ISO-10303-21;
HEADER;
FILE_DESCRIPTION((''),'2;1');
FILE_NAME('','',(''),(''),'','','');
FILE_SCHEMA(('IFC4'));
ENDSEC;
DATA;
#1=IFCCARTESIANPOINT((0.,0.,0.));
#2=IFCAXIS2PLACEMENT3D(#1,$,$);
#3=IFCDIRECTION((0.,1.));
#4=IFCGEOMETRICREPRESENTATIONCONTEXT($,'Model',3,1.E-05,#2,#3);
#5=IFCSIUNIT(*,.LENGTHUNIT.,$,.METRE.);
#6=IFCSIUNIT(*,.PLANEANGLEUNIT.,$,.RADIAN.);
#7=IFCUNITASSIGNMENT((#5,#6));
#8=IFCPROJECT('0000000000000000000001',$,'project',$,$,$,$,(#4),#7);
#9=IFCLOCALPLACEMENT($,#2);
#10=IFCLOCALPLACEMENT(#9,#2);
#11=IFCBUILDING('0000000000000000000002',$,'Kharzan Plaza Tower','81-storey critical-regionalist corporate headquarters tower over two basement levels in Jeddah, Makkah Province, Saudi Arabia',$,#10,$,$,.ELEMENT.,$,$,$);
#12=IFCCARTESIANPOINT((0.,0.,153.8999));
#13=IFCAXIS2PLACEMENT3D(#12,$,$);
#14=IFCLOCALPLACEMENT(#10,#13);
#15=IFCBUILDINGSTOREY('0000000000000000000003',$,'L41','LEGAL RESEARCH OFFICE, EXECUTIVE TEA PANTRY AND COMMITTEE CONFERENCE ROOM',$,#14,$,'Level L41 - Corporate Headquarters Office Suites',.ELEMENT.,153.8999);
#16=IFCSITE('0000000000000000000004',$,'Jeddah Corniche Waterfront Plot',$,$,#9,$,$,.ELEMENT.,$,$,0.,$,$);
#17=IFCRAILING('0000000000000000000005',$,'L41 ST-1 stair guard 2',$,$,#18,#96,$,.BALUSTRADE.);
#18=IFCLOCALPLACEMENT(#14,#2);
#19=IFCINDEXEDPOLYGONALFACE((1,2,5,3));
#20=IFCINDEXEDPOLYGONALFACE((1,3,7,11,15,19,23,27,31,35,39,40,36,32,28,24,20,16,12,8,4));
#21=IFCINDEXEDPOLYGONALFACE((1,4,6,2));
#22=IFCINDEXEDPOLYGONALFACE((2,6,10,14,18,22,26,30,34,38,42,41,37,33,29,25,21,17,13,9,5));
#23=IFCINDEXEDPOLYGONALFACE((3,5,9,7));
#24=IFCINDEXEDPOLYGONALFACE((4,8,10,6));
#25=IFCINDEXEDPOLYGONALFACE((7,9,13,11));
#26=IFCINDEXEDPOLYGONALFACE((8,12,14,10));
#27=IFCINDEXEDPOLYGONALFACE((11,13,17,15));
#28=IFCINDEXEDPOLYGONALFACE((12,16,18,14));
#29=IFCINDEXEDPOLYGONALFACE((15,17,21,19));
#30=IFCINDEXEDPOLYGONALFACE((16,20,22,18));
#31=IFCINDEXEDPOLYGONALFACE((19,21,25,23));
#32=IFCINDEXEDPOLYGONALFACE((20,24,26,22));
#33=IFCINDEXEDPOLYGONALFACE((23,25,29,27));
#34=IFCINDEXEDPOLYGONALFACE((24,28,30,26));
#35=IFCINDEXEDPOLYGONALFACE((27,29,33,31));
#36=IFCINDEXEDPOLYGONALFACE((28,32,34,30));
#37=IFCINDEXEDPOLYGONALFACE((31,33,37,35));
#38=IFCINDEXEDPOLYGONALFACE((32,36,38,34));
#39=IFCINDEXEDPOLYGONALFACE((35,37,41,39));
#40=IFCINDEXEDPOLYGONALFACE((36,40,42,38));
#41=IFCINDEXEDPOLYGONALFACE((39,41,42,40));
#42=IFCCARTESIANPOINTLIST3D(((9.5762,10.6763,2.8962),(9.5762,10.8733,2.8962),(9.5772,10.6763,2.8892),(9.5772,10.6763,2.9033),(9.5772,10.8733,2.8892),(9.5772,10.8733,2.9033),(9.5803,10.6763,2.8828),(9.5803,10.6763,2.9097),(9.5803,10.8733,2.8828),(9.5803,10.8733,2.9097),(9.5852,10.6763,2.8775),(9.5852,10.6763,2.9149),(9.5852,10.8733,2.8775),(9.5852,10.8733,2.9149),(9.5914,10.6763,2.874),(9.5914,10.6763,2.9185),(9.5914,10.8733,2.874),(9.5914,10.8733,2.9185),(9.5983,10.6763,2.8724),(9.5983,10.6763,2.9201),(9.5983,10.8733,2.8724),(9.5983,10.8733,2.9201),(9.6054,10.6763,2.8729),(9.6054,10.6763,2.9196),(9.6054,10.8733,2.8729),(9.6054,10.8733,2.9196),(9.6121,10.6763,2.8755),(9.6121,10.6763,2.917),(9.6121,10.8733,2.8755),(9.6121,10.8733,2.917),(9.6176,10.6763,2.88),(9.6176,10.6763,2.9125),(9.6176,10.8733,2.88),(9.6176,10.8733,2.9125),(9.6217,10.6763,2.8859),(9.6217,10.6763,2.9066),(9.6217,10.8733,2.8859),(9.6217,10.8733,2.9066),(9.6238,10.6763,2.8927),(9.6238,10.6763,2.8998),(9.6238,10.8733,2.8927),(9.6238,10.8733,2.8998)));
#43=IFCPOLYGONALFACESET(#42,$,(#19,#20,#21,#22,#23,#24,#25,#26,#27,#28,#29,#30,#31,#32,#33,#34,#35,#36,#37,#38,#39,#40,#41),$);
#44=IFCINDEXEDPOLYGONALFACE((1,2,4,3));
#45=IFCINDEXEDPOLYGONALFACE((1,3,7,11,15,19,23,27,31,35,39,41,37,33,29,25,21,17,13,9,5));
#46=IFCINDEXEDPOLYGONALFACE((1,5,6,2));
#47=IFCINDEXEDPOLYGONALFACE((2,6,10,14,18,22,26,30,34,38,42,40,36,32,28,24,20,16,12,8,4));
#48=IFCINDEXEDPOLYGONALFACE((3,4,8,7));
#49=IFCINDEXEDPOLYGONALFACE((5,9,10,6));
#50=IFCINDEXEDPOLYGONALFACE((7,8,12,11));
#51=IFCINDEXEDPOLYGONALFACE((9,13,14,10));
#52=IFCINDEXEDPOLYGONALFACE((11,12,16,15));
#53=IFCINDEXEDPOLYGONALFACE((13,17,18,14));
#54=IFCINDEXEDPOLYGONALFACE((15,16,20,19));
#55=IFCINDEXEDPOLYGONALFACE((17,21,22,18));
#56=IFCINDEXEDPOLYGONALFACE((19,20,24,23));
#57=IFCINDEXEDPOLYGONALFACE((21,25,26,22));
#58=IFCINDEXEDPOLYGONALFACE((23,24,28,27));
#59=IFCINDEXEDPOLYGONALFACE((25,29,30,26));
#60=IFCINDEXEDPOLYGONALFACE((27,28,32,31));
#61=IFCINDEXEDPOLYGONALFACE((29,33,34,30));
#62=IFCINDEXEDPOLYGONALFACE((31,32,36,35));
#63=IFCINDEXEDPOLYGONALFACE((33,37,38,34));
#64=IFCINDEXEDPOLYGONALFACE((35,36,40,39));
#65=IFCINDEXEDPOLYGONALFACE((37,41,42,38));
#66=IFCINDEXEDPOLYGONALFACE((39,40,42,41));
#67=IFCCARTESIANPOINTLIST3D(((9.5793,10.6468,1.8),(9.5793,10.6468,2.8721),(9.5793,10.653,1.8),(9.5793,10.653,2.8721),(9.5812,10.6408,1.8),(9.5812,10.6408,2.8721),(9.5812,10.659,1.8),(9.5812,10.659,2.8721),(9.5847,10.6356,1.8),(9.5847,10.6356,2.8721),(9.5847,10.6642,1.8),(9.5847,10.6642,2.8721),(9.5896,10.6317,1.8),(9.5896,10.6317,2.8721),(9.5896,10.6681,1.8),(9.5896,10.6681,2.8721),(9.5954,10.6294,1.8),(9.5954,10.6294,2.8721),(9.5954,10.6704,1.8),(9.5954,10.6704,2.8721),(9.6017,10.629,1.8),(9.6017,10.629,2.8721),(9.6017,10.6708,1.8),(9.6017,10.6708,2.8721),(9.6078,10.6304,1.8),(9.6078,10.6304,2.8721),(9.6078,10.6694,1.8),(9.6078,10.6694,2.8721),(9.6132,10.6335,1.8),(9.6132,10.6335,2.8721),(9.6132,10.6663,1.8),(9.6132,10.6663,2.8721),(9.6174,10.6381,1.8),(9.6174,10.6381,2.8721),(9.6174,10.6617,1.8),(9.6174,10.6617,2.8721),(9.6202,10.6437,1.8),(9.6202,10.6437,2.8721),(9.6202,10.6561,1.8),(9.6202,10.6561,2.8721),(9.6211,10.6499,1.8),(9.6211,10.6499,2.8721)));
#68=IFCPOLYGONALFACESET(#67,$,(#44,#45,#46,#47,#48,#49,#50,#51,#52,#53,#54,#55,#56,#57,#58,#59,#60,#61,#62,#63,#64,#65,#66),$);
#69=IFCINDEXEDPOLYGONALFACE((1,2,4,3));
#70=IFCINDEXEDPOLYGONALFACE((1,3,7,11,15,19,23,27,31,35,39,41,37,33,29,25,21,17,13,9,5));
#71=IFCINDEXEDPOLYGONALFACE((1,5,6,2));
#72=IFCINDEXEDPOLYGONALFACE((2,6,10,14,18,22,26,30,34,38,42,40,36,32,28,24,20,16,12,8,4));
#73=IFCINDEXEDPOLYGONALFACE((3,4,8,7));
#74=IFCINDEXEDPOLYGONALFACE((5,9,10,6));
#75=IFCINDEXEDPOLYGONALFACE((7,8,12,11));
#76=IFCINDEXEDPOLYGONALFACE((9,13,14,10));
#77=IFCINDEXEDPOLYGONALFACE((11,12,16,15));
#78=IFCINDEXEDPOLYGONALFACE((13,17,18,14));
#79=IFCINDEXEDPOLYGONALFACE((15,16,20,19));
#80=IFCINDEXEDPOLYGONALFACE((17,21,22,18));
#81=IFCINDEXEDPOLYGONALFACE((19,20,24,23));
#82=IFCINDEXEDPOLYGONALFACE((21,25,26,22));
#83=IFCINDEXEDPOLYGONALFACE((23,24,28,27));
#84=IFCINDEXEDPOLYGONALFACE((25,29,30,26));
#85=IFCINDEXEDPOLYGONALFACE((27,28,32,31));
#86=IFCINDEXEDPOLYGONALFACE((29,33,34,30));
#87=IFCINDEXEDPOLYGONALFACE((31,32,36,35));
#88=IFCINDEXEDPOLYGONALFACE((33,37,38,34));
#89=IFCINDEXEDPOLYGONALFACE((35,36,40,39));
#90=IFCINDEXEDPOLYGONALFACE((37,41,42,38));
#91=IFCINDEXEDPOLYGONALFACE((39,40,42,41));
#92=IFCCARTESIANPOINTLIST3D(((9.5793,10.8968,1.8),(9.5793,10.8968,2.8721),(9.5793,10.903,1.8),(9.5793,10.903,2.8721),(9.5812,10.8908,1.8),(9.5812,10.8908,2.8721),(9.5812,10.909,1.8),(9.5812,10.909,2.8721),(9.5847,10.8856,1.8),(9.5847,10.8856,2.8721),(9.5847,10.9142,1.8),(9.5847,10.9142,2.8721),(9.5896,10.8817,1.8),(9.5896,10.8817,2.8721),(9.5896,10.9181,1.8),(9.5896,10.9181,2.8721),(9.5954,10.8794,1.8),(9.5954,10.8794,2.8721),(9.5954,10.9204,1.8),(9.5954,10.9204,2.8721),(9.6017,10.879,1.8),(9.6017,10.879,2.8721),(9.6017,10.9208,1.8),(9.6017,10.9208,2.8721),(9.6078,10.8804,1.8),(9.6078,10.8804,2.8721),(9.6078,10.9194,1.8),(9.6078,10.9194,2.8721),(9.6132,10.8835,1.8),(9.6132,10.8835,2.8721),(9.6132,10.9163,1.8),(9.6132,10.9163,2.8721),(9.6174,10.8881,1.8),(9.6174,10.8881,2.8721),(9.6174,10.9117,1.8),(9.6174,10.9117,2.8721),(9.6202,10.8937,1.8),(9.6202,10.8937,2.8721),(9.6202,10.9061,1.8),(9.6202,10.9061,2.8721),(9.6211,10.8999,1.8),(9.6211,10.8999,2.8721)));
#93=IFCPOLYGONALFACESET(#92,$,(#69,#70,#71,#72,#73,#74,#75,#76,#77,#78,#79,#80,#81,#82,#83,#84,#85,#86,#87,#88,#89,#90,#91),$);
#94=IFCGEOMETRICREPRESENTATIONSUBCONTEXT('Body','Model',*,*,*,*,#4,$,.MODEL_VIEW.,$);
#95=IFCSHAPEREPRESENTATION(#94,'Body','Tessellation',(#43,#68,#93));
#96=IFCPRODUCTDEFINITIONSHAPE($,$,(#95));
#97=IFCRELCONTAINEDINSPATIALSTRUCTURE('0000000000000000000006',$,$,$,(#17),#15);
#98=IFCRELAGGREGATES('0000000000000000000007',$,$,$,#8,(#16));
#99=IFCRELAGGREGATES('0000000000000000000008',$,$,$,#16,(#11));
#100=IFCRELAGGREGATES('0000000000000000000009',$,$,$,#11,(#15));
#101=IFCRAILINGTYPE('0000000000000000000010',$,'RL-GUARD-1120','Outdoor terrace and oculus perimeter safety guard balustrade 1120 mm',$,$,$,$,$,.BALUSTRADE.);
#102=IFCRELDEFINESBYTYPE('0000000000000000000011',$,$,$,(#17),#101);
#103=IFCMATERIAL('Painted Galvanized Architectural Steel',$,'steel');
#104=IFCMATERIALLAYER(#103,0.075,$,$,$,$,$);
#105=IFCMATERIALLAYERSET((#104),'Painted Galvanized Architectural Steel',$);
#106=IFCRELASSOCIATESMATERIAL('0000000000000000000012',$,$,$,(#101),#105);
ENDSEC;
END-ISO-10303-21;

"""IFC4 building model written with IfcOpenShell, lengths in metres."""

from ifc_helpers import new_model, si_unit, direction, frame, origin, origin_2d, place, context, subcontext, project, spatial, circle, extrude, source, transform, mapped, material, layer, layer_set, type_object, element, save


model = new_model("IFC4")

# Units and contexts
model_context = context("Model", 3, precision=1e-05, world=origin(), true_north=direction((0.0, 1.0)))
body_context = subcontext(model_context, "Body", "Model", "MODEL_VIEW")
ifc_project = project(units=[si_unit("LENGTHUNIT", "METRE"), si_unit("PLANEANGLEUNIT", "RADIAN")], contexts=[model_context])

# Site, building, storey
site_placement = place(None, origin())
site = spatial("IfcSite", under=ifc_project, at=site_placement, Name="Jeddah Corniche Waterfront Plot", CompositionType="ELEMENT", RefElevation=0.0)
building_placement = place(site_placement, origin())
building = spatial("IfcBuilding", under=site, at=building_placement, Name="Kharzan Plaza Tower", Description="81-storey critical-regionalist corporate headquarters tower over two basement levels in Jeddah, Makkah Province, Saudi Arabia", CompositionType="ELEMENT")
storey_placement = place(building_placement, frame((0.0, 0.0, 153.8999)))
storey = spatial("IfcBuildingStorey", under=building, at=storey_placement, Name="L41", Description="LEGAL RESEARCH OFFICE, EXECUTIVE TEA PANTRY AND COMMITTEE CONFERENCE ROOM", LongName="Level L41 - Corporate Headquarters Office Suites", CompositionType="ELEMENT", Elevation=153.8999)

# Railing
ifc_material_1 = material(Name="Painted Galvanized Architectural Steel", Category="steel")
ifc_layer_1 = layer(ifc_material_1, 0.075)
ifc_layer_set_1 = layer_set([ifc_layer_1], Name="Painted Galvanized Architectural Steel")
railing_type = type_object("IfcRailingType", Name="RL-GUARD-1120", Description="Outdoor terrace and oculus perimeter safety guard balustrade 1120 mm", PredefinedType="BALUSTRADE", material=ifc_layer_set_1)
shared_shape_1 = source(origin(), body_context, "Body", "SweptSolid", [
    extrude(circle(Radius=0.0239, at=origin_2d()), frame((0.0, 0.0264, 1.0962), z_axis=(0.0, 1.0, 0.0), x_axis=(-1.0, 0.0, 0.0)), (0.0, 0.0, 1.0), 0.197),
    extrude(circle(Radius=0.021, at=origin_2d()), origin(), (0.0, 0.0, 1.0), 1.072),
    extrude(circle(Radius=0.021, at=origin_2d()), frame((0.0, 0.25, 0.0)), (0.0, 0.0, 1.0), 1.072),
])
railing_1_placement = place(storey_placement, frame((9.6001, 10.6499, 1.8)))
element("IfcRailing", 1, at=railing_1_placement, inside=storey, type_object=railing_type, Name="L41 ST-1 stair guard 2", PredefinedType="BALUSTRADE", context=body_context, shape_type="MappedRepresentation", body=[
    mapped(shared_shape_1, transform((0.0, 0.0, 0.0), x_axis=(1.0, 0.0, 0.0), y_axis=(0.0, 1.0, 0.0), z_axis=(0.0, 0.0, 1.0))),
])

save(model, "model.ifc")
